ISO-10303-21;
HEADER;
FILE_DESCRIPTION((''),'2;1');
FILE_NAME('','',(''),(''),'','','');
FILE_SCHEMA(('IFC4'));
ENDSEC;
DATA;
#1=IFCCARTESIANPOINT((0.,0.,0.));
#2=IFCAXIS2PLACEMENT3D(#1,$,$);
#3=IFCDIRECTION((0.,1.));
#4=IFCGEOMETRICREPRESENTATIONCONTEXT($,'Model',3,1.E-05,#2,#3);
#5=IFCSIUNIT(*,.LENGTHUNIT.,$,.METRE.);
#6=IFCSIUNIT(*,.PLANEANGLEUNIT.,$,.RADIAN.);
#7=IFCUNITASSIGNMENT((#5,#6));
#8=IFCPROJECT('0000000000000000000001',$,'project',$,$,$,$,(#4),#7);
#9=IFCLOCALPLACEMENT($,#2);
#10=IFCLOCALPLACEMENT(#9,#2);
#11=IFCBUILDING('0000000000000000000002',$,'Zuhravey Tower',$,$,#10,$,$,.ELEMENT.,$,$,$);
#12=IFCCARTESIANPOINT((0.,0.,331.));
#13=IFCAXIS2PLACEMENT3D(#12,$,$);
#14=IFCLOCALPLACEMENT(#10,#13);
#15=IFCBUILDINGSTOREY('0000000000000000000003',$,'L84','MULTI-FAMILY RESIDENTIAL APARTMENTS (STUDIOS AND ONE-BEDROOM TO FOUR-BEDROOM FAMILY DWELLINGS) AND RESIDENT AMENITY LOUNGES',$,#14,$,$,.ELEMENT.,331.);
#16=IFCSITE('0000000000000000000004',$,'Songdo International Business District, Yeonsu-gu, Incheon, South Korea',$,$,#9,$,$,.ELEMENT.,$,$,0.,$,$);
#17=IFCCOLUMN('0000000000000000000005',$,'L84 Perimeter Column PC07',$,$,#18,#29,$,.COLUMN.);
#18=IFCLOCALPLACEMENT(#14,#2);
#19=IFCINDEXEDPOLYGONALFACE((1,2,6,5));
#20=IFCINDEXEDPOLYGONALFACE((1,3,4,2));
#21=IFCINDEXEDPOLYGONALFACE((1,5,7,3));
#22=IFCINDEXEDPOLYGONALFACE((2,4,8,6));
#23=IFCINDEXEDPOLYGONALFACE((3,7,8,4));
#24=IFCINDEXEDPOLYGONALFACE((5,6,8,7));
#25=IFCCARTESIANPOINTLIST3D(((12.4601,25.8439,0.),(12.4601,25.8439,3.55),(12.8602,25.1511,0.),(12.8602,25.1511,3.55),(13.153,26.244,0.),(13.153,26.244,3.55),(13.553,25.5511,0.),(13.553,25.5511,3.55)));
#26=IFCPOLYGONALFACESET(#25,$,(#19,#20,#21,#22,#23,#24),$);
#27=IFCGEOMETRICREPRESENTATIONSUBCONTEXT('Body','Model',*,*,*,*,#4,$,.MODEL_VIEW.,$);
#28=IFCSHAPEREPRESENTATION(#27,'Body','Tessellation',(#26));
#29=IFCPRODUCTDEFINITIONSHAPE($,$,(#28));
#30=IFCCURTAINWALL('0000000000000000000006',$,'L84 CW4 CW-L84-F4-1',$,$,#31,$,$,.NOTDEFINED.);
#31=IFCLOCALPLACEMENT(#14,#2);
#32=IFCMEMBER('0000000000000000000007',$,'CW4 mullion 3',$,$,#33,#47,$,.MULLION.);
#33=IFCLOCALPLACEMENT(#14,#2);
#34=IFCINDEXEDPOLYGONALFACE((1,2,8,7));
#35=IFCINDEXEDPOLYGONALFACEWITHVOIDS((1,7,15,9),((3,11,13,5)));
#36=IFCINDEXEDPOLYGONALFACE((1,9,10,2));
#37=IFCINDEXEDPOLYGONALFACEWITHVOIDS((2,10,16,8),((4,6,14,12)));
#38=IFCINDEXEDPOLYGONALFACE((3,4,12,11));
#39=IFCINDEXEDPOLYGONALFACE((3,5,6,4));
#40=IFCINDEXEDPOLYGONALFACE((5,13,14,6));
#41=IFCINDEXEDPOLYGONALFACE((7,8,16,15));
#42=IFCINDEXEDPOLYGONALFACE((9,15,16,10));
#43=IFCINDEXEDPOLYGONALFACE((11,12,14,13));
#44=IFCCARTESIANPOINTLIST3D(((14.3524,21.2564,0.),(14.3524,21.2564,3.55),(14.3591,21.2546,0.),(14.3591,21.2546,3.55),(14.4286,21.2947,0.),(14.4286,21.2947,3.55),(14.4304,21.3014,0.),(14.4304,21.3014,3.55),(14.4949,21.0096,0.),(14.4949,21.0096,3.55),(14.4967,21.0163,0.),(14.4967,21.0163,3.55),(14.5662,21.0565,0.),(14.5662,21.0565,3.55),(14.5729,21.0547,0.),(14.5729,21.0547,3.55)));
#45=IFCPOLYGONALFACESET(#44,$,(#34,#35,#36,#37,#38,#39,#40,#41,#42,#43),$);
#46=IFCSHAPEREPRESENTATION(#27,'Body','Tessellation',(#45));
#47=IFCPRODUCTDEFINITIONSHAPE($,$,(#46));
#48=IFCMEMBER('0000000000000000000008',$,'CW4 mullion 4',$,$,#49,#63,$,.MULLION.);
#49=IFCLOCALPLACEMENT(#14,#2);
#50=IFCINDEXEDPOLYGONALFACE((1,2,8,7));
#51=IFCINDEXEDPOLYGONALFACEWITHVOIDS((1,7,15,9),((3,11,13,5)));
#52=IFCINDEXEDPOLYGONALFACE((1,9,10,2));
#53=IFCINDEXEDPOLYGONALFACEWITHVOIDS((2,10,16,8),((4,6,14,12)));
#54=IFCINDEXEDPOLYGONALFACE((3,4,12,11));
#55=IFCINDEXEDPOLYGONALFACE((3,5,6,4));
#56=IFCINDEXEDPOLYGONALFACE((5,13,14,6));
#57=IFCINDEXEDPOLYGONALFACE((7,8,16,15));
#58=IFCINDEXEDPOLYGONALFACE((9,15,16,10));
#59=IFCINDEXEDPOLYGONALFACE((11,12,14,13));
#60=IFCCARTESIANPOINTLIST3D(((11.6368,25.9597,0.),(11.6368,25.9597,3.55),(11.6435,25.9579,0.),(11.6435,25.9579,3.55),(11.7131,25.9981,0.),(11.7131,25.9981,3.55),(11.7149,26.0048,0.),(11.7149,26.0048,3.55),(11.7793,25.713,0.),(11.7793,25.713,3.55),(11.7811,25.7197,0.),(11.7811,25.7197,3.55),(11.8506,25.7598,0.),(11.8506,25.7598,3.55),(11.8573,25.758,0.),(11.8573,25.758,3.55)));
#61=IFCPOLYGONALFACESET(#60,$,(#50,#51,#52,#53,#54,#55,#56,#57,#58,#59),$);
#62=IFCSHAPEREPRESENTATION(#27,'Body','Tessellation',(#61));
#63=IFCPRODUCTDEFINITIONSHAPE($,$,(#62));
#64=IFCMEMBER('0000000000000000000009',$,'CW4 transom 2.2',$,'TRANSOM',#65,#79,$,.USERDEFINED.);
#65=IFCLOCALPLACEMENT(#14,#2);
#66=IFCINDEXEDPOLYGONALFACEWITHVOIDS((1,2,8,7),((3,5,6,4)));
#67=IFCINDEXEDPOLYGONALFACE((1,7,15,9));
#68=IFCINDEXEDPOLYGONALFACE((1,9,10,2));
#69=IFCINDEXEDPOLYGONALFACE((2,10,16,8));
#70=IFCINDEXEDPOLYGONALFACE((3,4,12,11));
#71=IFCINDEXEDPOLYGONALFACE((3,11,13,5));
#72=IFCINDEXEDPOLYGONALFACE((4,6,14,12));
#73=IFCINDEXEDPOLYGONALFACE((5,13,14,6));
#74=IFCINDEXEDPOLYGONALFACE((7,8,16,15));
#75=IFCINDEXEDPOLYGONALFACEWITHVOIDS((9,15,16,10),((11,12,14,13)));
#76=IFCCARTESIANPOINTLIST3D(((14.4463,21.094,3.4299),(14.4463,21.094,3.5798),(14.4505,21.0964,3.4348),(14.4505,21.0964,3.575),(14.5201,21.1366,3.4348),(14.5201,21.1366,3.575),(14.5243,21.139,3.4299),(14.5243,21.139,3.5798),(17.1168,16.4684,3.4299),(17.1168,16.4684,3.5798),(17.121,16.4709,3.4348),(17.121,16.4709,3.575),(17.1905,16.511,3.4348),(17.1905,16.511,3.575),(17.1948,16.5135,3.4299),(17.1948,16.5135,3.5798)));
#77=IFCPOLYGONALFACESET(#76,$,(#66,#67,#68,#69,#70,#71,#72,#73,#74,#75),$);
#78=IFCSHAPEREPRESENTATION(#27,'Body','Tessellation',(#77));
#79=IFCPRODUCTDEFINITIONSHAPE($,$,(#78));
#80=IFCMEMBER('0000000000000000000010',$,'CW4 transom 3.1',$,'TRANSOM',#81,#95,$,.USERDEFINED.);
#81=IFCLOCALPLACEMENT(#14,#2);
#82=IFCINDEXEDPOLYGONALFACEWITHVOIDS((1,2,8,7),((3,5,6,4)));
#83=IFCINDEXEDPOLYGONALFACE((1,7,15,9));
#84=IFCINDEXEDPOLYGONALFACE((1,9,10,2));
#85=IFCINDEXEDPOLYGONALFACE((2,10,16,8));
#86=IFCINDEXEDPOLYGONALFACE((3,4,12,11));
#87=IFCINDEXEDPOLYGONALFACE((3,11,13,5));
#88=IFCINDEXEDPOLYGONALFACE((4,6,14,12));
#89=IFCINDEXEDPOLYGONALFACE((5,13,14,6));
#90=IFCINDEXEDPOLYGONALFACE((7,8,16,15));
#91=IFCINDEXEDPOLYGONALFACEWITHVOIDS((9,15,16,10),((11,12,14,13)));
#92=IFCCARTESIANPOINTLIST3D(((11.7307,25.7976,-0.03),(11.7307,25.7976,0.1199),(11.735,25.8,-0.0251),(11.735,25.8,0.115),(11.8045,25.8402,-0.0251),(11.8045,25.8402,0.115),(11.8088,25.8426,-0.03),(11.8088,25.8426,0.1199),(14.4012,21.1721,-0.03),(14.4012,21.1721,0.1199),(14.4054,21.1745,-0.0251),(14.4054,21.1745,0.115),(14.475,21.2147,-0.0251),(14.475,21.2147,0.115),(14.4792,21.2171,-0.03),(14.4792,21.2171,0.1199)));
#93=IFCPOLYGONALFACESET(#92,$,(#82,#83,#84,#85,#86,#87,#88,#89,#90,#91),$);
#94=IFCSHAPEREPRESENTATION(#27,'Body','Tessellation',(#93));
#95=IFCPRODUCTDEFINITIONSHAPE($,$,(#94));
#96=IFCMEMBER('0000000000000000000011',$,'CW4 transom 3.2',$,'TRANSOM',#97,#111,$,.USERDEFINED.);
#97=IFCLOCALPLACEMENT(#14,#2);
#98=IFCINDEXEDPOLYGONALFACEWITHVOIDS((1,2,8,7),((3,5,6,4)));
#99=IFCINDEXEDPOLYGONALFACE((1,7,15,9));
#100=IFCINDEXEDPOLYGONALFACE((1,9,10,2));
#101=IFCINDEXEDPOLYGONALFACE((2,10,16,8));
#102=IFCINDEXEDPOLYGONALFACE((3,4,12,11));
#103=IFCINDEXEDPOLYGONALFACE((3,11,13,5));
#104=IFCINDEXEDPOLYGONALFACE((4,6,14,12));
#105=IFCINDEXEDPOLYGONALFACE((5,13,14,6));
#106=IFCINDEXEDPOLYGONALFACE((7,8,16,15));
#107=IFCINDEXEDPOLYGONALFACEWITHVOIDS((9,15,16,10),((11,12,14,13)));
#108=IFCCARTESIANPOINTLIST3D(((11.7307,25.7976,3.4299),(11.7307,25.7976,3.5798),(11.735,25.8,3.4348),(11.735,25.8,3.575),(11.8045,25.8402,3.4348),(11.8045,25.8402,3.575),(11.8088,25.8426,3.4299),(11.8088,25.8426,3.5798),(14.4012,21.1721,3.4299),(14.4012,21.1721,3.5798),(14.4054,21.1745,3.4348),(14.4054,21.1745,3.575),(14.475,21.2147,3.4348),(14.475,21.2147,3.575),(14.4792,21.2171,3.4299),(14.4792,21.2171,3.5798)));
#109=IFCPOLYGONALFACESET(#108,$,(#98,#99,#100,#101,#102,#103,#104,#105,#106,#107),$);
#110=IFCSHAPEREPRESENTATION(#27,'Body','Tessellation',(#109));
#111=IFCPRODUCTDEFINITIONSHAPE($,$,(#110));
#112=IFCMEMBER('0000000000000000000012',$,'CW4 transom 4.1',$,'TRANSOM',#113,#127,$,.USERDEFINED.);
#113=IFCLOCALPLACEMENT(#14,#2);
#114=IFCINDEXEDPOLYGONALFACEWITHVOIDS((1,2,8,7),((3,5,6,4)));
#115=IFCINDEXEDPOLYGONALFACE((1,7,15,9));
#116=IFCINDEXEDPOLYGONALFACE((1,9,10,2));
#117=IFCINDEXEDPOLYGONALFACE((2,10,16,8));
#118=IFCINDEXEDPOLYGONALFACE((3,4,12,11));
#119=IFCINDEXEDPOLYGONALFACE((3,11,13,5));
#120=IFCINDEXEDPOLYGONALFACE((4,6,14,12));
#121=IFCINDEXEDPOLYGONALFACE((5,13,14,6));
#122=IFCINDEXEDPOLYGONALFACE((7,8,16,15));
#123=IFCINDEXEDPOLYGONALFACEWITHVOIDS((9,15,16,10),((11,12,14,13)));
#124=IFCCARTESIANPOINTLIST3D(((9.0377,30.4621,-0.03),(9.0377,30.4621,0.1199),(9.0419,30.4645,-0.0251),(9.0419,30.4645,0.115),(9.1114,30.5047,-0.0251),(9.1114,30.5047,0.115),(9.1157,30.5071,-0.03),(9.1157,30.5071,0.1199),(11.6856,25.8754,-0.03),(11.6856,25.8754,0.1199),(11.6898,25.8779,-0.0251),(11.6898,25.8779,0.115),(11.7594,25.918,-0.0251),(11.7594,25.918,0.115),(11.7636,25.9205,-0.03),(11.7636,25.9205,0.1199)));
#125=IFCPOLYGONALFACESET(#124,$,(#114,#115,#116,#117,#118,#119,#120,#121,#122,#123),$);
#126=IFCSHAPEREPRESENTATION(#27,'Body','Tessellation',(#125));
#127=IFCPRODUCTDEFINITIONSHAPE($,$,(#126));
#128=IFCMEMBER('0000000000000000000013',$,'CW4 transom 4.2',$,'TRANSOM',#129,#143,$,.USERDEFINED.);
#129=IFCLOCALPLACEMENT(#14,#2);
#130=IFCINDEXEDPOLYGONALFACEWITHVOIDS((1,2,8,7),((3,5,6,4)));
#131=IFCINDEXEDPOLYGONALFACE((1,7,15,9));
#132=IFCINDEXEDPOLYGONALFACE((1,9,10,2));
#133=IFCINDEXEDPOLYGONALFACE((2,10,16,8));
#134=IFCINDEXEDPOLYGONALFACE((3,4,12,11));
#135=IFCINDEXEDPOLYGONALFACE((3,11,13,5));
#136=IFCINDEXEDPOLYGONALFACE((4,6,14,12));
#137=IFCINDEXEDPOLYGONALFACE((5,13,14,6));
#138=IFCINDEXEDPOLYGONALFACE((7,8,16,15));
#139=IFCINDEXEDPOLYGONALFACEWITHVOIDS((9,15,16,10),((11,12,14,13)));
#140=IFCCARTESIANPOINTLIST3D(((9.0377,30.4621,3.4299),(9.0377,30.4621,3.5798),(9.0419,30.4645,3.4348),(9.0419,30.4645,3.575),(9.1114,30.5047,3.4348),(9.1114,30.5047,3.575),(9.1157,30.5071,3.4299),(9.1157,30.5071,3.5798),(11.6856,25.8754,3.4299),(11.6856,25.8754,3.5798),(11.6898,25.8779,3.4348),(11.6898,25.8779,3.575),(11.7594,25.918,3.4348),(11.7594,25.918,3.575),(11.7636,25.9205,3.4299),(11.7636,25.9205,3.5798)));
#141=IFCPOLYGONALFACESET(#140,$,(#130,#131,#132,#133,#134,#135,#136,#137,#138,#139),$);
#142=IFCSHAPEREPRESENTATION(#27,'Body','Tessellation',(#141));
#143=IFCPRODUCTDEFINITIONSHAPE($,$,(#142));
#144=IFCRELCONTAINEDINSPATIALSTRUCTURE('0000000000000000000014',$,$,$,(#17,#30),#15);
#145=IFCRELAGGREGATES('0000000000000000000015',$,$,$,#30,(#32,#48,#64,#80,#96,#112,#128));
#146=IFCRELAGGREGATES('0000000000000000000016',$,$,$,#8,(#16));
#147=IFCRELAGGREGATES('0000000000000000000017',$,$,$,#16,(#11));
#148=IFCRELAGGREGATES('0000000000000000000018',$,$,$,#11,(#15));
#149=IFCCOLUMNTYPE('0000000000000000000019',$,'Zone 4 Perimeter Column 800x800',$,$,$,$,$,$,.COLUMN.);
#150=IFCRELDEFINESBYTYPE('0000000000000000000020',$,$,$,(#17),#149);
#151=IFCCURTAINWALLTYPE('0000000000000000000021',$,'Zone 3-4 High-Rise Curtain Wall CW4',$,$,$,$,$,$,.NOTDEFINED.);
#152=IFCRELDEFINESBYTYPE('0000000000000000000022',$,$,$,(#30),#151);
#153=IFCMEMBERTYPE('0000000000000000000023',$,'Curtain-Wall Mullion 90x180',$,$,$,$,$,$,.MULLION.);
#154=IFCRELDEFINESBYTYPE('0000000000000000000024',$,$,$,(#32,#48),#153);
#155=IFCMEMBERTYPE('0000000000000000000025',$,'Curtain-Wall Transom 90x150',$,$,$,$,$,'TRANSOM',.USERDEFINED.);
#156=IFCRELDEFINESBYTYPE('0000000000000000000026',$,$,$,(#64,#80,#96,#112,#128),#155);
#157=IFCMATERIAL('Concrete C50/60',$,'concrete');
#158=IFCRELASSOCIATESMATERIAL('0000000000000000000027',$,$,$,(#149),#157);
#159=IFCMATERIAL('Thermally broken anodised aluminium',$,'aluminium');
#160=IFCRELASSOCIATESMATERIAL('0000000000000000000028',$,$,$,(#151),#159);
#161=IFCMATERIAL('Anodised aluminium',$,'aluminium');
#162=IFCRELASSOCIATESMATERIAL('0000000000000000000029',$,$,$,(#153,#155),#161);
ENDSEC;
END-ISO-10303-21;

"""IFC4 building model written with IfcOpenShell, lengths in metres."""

from ifc_helpers import new_model, si_unit, direction, frame, origin, origin_2d, place, context, subcontext, project, spatial, rectangle, hollow_rectangle, extrude, material, material_profile, profile_set, type_object, element, aggregate, save


model = new_model("IFC4")

# Units and contexts
model_context = context("Model", 3, precision=1e-05, world=origin(), true_north=direction((0.0, 1.0)))
body_context = subcontext(model_context, "Body", "Model", "MODEL_VIEW")
ifc_project = project(units=[si_unit("LENGTHUNIT", "METRE"), si_unit("PLANEANGLEUNIT", "RADIAN")], contexts=[model_context])

# Site, building, storey
site_placement = place(None, origin())
site = spatial("IfcSite", under=ifc_project, at=site_placement, Name="Songdo International Business District, Yeonsu-gu, Incheon, South Korea", CompositionType="ELEMENT", RefElevation=0.0)
building_placement = place(site_placement, origin())
building = spatial("IfcBuilding", under=site, at=building_placement, Name="Zuhravey Tower", CompositionType="ELEMENT")
storey_placement = place(building_placement, frame((0.0, 0.0, 331.0)))
storey = spatial("IfcBuildingStorey", under=building, at=storey_placement, Name="L84", Description="MULTI-FAMILY RESIDENTIAL APARTMENTS (STUDIOS AND ONE-BEDROOM TO FOUR-BEDROOM FAMILY DWELLINGS) AND RESIDENT AMENITY LOUNGES", CompositionType="ELEMENT", Elevation=331.0)

# Column
ifc_material_1 = material(Name="Concrete C50/60", Category="concrete")
ifc_material_profile_1 = material_profile(ifc_material_1, rectangle(XDim=0.8, YDim=0.8, at=origin_2d()), Name="RC-800x800")
ifc_profile_set_1 = profile_set([ifc_material_profile_1], Name="Concrete C50/60")
column_type = type_object("IfcColumnType", Name="Zone 4 Perimeter Column 800x800", PredefinedType="COLUMN", material=ifc_profile_set_1)
column_placement = place(storey_placement, frame((13.0066, 25.6975, 0.0), z_axis=(0.0, 0.0, 1.0), x_axis=(0.5, -0.866025, 0.0)))
element("IfcColumn", 1, at=column_placement, inside=storey, type_object=column_type, Name="L84 Perimeter Column PC07", PredefinedType="COLUMN", context=body_context, shape_type="SweptSolid", body=[
    extrude(rectangle(XDim=0.8, YDim=0.8, at=origin_2d()), origin(), (0.0, 0.0, 1.0), 3.55),
])

# Curtain wall, members
ifc_material_2 = material(Name="Thermally broken anodised aluminium", Category="aluminium")
curtain_wall_type = type_object("IfcCurtainWallType", Name="Zone 3-4 High-Rise Curtain Wall CW4", PredefinedType="NOTDEFINED", material=ifc_material_2)
curtain_wall_placement = place(storey_placement, origin())
curtain_wall = element("IfcCurtainWall", 2, at=curtain_wall_placement, inside=storey, type_object=curtain_wall_type, Name="L84 CW4 CW-L84-F4-1", PredefinedType="NOTDEFINED")
ifc_material_3 = material(Name="Anodised aluminium", Category="aluminium")
ifc_material_profile_2 = material_profile(ifc_material_3, hollow_rectangle(XDim=0.0901, YDim=0.2849, WallThickness=0.0049, at=origin_2d()), Name="ALU-RHS-90x285x5")
ifc_profile_set_2 = profile_set([ifc_material_profile_2], Name="Anodised aluminium")
member_type_1 = type_object("IfcMemberType", Name="Curtain-Wall Mullion 90x180", PredefinedType="MULLION", material=ifc_profile_set_2)
member_1_placement = place(storey_placement, frame((14.4626, 21.1555, 0.0), z_axis=(0.0, 0.0, 1.0), x_axis=(-0.866025, -0.500001, 0.0)))
member_1 = element("IfcMember", 3, at=member_1_placement, type_object=member_type_1, Name="CW4 mullion 3", PredefinedType="MULLION", context=body_context, shape_type="SweptSolid", body=[
    extrude(hollow_rectangle(XDim=0.0901, YDim=0.2849, WallThickness=0.0049, at=origin_2d()), origin(), (0.0, 0.0, 1.0), 3.55),
])
member_2_placement = place(storey_placement, frame((11.7471, 25.8589, 0.0), z_axis=(0.0, 0.0, 1.0), x_axis=(-0.866025, -0.500001, 0.0)))
member_2 = element("IfcMember", 4, at=member_2_placement, type_object=member_type_1, Name="CW4 mullion 4", PredefinedType="MULLION", context=body_context, shape_type="SweptSolid", body=[
    extrude(hollow_rectangle(XDim=0.0901, YDim=0.2849, WallThickness=0.0049, at=origin_2d()), origin(), (0.0, 0.0, 1.0), 3.55),
])
ifc_material_profile_3 = material_profile(ifc_material_3, hollow_rectangle(XDim=0.0901, YDim=0.1499, WallThickness=0.0049, at=origin_2d()), Name="ALU-RHS-90x150x5")
ifc_profile_set_3 = profile_set([ifc_material_profile_3], Name="Anodised aluminium")
member_type_2 = type_object("IfcMemberType", Name="Curtain-Wall Transom 90x150", ElementType="TRANSOM", PredefinedType="USERDEFINED", material=ifc_profile_set_3)
member_3_placement = place(storey_placement, frame((17.1558, 16.491, 3.5049), z_axis=(-0.499984, 0.866035, 0.0), x_axis=(-0.866035, -0.499984, 0.0)))
member_3 = element("IfcMember", 5, at=member_3_placement, type_object=member_type_2, Name="CW4 transom 2.2", ObjectType="TRANSOM", PredefinedType="USERDEFINED", context=body_context, shape_type="SweptSolid", body=[
    extrude(hollow_rectangle(XDim=0.0901, YDim=0.1499, WallThickness=0.0049, at=origin_2d()), origin(), (0.0, 0.0, 1.0), 5.3411),
])
member_4_placement = place(storey_placement, frame((14.4402, 21.1946, 0.0449), z_axis=(-0.499984, 0.866035, 0.0), x_axis=(-0.866035, -0.499984, 0.0)))
member_4 = element("IfcMember", 6, at=member_4_placement, type_object=member_type_2, Name="CW4 transom 3.1", ObjectType="TRANSOM", PredefinedType="USERDEFINED", context=body_context, shape_type="SweptSolid", body=[
    extrude(hollow_rectangle(XDim=0.0901, YDim=0.1499, WallThickness=0.0049, at=origin_2d()), origin(), (0.0, 0.0, 1.0), 5.3411),
])
member_5_placement = place(storey_placement, frame((14.4402, 21.1946, 3.5049), z_axis=(-0.499984, 0.866035, 0.0), x_axis=(-0.866035, -0.499984, 0.0)))
member_5 = element("IfcMember", 7, at=member_5_placement, type_object=member_type_2, Name="CW4 transom 3.2", ObjectType="TRANSOM", PredefinedType="USERDEFINED", context=body_context, shape_type="SweptSolid", body=[
    extrude(hollow_rectangle(XDim=0.0901, YDim=0.1499, WallThickness=0.0049, at=origin_2d()), origin(), (0.0, 0.0, 1.0), 5.3411),
])
member_6_placement = place(storey_placement, frame((11.7246, 25.8979, 0.0449), z_axis=(-0.499977, 0.866039, 0.0), x_axis=(-0.866039, -0.499977, 0.0)))
member_6 = element("IfcMember", 8, at=member_6_placement, type_object=member_type_2, Name="CW4 transom 4.1", ObjectType="TRANSOM", PredefinedType="USERDEFINED", context=body_context, shape_type="SweptSolid", body=[
    extrude(hollow_rectangle(XDim=0.0901, YDim=0.1499, WallThickness=0.0049, at=origin_2d()), origin(), (0.0, 0.0, 1.0), 5.2961),
])
member_7_placement = place(storey_placement, frame((11.7246, 25.8979, 3.5049), z_axis=(-0.499977, 0.866039, 0.0), x_axis=(-0.866039, -0.499977, 0.0)))
member_7 = element("IfcMember", 9, at=member_7_placement, type_object=member_type_2, Name="CW4 transom 4.2", ObjectType="TRANSOM", PredefinedType="USERDEFINED", context=body_context, shape_type="SweptSolid", body=[
    extrude(hollow_rectangle(XDim=0.0901, YDim=0.1499, WallThickness=0.0049, at=origin_2d()), origin(), (0.0, 0.0, 1.0), 5.2961),
])

aggregate(curtain_wall, [member_1, member_2, member_3, member_4, member_5, member_6, member_7])

save(model, "model.ifc")
